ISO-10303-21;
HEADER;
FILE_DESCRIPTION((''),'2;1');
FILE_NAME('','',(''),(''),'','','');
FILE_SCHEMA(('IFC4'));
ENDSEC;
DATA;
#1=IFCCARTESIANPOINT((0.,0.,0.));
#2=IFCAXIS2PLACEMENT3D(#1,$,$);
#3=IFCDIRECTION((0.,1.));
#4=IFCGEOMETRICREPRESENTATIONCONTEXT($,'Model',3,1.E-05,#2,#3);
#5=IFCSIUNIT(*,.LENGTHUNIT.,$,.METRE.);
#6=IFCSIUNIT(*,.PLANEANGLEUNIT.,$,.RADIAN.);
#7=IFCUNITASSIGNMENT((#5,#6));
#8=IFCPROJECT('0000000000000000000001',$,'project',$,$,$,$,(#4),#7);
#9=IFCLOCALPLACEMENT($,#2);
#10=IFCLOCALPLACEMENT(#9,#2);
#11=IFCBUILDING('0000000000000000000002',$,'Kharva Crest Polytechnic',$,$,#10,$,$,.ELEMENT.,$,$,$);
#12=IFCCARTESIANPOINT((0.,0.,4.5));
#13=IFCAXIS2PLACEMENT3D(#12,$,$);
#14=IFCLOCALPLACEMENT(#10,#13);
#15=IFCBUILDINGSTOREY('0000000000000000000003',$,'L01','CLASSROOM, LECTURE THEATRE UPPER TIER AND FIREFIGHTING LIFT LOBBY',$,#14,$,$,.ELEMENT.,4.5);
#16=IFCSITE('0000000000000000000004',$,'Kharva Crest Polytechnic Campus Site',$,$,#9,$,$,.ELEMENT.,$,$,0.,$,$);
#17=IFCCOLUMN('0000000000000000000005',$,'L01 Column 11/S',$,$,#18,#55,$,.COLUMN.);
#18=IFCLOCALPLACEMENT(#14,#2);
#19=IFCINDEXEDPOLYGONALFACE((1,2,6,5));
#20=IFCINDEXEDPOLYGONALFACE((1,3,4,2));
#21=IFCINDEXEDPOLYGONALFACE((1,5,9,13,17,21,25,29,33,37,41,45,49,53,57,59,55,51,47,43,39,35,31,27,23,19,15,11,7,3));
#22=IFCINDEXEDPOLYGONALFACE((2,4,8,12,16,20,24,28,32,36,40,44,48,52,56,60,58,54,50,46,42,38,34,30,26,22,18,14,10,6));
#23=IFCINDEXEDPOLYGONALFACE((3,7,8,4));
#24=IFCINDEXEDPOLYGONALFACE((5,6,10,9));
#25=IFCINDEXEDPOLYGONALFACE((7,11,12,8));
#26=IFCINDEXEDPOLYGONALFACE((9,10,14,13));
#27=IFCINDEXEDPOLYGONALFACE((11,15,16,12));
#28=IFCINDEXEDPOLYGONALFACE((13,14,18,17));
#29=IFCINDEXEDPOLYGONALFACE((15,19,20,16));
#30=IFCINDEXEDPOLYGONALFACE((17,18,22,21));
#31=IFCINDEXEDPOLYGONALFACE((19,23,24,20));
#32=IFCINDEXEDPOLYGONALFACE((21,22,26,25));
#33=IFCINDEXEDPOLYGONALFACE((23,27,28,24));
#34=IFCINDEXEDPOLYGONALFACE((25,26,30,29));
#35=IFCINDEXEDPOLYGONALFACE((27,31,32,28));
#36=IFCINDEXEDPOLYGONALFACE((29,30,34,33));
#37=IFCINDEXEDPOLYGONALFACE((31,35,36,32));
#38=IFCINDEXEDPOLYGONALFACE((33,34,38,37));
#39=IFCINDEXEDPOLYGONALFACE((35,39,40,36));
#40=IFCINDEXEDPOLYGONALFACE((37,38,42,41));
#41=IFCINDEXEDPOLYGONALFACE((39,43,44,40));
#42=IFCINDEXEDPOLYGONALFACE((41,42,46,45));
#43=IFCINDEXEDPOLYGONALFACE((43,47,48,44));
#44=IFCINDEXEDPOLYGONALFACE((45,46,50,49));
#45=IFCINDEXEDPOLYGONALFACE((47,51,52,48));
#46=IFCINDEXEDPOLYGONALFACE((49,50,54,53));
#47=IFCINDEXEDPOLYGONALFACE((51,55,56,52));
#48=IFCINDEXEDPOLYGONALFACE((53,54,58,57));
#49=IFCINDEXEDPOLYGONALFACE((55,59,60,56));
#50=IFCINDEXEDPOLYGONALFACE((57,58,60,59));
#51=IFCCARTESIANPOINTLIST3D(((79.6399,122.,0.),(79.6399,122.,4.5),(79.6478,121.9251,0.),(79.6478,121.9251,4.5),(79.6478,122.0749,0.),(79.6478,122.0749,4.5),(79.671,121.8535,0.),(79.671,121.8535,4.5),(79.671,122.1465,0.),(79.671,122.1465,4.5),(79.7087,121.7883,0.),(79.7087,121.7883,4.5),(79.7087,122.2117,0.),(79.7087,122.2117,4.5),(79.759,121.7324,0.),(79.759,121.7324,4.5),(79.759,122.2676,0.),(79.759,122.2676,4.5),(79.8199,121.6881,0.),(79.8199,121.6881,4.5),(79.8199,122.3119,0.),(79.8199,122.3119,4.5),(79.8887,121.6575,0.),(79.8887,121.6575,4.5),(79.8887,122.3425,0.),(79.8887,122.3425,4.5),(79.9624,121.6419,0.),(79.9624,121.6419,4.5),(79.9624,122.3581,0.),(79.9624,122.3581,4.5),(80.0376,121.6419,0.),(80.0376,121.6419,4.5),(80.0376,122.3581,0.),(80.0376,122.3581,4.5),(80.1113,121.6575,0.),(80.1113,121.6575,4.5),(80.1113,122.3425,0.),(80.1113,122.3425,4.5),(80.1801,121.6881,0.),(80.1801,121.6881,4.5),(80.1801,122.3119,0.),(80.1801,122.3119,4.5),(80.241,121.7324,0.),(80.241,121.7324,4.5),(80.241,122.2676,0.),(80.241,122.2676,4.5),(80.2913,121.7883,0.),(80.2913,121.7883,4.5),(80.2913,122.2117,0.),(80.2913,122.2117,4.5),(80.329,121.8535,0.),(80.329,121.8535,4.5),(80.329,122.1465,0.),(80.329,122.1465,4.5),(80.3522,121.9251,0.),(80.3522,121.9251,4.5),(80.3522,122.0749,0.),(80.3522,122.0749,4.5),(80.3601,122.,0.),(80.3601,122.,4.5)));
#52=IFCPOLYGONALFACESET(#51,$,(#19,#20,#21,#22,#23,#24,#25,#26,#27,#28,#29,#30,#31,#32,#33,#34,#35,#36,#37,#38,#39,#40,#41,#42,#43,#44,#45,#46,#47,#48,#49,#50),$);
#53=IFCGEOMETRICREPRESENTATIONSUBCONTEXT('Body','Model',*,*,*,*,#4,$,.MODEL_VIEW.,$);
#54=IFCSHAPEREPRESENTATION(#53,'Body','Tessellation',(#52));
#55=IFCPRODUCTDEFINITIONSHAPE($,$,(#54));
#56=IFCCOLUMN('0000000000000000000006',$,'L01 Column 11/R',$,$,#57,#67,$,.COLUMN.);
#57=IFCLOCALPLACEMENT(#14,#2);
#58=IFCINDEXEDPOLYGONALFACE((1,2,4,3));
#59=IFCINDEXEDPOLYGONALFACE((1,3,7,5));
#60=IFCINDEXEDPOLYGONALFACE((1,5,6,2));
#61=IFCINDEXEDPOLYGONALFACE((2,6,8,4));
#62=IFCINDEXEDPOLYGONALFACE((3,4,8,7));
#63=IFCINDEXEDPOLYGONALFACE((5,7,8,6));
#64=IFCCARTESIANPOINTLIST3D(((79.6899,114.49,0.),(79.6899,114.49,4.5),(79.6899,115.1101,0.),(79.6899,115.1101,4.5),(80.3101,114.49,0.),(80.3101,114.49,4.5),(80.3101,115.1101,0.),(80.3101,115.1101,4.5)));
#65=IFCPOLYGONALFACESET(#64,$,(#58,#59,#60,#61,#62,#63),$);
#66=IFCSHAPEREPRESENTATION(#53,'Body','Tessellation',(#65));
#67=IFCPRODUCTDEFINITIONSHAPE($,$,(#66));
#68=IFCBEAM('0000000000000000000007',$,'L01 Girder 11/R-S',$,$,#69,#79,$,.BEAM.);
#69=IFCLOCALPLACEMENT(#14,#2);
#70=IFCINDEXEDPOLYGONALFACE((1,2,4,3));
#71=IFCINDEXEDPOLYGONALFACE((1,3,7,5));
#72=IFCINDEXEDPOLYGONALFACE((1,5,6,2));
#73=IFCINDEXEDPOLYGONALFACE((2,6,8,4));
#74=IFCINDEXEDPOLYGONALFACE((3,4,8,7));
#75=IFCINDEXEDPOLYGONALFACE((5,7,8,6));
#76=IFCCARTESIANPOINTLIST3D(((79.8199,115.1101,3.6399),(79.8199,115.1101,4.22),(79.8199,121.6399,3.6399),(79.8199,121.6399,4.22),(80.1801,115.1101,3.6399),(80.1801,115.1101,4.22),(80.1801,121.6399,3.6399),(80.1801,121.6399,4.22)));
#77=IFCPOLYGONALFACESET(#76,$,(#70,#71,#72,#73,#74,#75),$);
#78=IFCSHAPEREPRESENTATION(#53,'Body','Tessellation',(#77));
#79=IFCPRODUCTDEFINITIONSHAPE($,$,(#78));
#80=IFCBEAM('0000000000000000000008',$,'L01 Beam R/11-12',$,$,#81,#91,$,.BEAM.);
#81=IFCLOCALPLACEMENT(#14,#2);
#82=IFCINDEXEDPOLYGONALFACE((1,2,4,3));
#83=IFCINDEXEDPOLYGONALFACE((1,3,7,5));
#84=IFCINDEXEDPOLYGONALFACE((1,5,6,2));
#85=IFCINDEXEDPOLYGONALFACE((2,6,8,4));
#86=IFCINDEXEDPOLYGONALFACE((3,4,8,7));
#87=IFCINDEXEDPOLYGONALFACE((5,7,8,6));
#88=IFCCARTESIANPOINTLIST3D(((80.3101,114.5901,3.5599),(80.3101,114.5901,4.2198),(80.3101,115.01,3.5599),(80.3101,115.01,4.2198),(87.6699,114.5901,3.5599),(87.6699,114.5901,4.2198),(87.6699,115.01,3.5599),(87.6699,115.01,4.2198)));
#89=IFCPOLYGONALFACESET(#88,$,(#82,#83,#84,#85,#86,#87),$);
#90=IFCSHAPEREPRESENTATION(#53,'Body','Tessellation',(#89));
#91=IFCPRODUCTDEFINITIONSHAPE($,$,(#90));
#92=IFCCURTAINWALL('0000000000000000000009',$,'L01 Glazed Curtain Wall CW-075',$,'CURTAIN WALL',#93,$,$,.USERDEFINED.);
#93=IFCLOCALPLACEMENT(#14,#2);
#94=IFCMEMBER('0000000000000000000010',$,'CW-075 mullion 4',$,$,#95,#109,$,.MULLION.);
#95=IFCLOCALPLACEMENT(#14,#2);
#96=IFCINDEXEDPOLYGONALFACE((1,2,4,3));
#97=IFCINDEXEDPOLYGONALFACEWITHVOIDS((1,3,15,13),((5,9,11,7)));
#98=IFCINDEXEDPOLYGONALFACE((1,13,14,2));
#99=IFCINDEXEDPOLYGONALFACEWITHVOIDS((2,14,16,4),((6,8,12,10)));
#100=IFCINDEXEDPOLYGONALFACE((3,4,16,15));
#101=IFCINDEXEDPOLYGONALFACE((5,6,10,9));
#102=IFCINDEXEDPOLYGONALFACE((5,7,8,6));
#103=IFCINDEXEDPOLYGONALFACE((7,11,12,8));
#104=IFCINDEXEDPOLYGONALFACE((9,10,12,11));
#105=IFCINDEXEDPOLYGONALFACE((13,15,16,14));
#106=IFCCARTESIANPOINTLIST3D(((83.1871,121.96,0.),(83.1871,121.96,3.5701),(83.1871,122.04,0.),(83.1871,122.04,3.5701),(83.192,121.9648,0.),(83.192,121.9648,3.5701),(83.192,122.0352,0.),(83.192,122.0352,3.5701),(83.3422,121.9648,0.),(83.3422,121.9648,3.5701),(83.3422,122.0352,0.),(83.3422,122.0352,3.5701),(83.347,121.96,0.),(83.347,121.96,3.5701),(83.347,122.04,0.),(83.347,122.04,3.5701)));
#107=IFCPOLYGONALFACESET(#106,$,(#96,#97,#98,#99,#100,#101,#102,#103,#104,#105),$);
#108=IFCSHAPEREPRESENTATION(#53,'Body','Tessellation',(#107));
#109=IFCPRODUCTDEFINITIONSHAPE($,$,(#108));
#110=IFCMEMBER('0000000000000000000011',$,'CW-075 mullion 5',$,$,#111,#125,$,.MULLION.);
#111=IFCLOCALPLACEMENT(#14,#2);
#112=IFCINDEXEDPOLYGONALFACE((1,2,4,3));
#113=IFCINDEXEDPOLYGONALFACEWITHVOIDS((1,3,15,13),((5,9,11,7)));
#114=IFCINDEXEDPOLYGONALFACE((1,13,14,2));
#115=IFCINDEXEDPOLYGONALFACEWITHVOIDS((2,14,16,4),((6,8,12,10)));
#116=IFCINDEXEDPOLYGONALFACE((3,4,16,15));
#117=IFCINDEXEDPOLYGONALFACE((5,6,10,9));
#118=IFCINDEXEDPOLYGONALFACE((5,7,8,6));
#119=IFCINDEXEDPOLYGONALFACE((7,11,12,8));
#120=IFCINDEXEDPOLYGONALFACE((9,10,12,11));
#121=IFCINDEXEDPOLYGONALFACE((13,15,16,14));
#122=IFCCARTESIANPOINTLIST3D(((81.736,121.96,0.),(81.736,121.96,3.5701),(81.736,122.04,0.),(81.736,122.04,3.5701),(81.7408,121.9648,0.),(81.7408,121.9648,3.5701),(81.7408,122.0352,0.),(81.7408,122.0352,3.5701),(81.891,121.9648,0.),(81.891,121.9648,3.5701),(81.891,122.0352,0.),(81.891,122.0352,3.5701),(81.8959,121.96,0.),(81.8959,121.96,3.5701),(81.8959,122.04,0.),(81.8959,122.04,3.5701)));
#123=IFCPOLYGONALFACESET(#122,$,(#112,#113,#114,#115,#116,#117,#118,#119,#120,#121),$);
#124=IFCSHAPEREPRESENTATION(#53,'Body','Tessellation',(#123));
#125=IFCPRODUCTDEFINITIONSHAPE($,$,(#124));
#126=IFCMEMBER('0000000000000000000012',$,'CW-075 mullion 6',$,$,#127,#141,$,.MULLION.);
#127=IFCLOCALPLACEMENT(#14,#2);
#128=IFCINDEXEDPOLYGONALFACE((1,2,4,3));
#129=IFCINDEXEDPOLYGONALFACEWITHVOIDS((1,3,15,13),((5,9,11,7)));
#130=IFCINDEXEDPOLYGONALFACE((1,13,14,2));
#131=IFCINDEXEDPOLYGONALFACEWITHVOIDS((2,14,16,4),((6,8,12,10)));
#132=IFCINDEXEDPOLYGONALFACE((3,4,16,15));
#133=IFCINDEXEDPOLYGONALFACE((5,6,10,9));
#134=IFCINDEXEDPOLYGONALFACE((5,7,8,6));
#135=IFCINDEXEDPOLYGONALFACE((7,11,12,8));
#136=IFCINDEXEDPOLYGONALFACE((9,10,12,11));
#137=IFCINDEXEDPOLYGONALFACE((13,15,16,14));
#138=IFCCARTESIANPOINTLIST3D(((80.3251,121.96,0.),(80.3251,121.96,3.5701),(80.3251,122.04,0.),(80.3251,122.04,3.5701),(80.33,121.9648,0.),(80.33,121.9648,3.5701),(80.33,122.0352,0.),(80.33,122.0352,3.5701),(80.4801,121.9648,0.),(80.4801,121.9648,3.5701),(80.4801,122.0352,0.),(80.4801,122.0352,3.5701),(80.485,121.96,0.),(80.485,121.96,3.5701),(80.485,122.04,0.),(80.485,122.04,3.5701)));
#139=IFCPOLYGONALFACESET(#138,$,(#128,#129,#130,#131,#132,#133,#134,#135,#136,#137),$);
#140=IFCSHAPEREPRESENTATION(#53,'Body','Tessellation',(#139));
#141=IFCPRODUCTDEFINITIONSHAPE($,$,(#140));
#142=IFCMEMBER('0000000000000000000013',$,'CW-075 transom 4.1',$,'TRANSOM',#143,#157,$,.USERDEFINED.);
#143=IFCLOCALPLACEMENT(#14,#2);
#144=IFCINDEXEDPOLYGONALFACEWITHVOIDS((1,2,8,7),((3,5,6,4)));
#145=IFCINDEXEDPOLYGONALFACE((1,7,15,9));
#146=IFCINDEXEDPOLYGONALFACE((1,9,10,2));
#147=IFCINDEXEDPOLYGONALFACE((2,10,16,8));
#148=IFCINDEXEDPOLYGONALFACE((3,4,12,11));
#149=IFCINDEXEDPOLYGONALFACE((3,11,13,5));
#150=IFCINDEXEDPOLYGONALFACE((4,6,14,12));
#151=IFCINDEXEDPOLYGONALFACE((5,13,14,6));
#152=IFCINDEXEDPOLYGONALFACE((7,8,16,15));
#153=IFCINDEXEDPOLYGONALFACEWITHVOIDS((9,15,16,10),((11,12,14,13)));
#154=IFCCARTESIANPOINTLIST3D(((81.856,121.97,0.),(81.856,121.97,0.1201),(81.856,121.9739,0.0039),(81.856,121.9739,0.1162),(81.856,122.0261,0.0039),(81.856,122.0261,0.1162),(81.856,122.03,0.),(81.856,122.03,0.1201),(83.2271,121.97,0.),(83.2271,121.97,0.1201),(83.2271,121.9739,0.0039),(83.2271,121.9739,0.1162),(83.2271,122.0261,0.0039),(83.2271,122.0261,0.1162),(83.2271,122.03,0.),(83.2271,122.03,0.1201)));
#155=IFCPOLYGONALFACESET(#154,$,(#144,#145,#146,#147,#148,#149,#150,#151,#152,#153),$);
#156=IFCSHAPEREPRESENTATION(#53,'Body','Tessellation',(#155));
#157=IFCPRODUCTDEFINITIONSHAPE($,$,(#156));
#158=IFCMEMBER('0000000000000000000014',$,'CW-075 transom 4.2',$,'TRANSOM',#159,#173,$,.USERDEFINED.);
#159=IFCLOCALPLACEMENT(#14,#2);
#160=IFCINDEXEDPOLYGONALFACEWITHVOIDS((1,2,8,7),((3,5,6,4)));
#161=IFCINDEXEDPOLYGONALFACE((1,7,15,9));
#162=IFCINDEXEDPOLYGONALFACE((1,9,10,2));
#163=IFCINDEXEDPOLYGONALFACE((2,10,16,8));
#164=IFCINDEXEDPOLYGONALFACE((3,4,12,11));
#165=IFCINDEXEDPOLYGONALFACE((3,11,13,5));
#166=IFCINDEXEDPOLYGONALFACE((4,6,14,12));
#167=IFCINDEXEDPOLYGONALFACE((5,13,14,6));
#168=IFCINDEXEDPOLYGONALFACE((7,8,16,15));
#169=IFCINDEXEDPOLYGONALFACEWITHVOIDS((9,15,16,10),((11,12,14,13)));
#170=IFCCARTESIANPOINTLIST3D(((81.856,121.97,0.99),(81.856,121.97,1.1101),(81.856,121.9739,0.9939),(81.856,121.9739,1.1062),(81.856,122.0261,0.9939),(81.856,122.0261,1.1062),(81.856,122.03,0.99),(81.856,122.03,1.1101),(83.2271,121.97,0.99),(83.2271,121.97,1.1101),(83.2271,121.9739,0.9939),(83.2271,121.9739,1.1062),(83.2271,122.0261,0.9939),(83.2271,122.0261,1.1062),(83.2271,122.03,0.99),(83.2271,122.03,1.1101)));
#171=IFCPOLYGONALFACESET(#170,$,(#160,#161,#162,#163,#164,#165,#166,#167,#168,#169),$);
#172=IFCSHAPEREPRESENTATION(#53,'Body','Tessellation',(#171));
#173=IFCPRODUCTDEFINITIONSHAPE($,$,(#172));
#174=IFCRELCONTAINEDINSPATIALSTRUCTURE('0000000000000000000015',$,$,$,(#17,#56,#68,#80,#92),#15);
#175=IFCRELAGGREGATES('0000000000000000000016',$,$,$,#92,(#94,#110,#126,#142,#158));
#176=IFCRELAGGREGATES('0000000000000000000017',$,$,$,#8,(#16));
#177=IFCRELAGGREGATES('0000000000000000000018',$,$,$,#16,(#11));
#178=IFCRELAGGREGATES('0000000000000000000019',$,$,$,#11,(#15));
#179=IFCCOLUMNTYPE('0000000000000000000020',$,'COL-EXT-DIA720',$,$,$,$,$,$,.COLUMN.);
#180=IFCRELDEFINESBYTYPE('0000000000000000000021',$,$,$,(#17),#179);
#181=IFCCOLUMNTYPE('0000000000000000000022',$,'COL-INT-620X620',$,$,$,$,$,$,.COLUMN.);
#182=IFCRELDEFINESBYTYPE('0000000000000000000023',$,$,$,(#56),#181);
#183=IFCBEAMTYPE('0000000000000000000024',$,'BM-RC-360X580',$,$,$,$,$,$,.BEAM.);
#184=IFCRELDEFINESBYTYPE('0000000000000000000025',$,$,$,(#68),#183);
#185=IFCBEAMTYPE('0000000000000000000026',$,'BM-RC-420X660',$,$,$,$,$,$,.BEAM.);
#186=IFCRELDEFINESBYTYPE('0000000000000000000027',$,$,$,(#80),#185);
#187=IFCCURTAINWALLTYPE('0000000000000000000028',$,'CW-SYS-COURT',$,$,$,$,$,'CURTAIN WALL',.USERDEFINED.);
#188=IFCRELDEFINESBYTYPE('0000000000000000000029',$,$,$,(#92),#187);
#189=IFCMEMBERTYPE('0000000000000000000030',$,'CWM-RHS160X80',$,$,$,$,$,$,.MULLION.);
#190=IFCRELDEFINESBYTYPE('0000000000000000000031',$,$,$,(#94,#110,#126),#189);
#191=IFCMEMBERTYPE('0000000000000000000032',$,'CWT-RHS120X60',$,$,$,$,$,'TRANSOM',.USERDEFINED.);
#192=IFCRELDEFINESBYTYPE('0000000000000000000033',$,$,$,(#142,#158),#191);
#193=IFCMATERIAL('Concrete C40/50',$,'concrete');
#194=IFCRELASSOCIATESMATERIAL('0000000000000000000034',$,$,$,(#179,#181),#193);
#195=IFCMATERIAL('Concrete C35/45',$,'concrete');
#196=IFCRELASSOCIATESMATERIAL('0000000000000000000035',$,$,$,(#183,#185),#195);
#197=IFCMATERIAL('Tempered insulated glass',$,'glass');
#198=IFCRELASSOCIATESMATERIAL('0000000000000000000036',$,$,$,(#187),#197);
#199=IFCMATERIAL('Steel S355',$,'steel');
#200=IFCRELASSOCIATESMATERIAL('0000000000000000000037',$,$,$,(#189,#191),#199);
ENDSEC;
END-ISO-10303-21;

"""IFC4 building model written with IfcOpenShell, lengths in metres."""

from ifc_helpers import new_model, si_unit, direction, frame, origin, origin_2d, place, context, subcontext, project, spatial, rectangle, hollow_rectangle, circle, extrude, material, material_profile, profile_set, type_object, element, aggregate, save


model = new_model("IFC4")

# Units and contexts
model_context = context("Model", 3, precision=1e-05, world=origin(), true_north=direction((0.0, 1.0)))
body_context = subcontext(model_context, "Body", "Model", "MODEL_VIEW")
ifc_project = project(units=[si_unit("LENGTHUNIT", "METRE"), si_unit("PLANEANGLEUNIT", "RADIAN")], contexts=[model_context])

# Site, building, storey
site_placement = place(None, origin())
site = spatial("IfcSite", under=ifc_project, at=site_placement, Name="Kharva Crest Polytechnic Campus Site", CompositionType="ELEMENT", RefElevation=0.0)
building_placement = place(site_placement, origin())
building = spatial("IfcBuilding", under=site, at=building_placement, Name="Kharva Crest Polytechnic", CompositionType="ELEMENT")
storey_placement = place(building_placement, frame((0.0, 0.0, 4.5)))
storey = spatial("IfcBuildingStorey", under=building, at=storey_placement, Name="L01", Description="CLASSROOM, LECTURE THEATRE UPPER TIER AND FIREFIGHTING LIFT LOBBY", CompositionType="ELEMENT", Elevation=4.5)

# Columns
ifc_material_1 = material(Name="Concrete C40/50", Category="concrete")
ifc_material_profile_1 = material_profile(ifc_material_1, circle(Radius=0.3601, at=origin_2d()), Name="DIA 720")
ifc_profile_set_1 = profile_set([ifc_material_profile_1], Name="Concrete C40/50")
column_type_1 = type_object("IfcColumnType", Name="COL-EXT-DIA720", PredefinedType="COLUMN", material=ifc_profile_set_1)
column_1_placement = place(storey_placement, frame((80.0, 122.0, 0.0), z_axis=(0.0, 0.0, 1.0), x_axis=(1.0, 0.0, 0.0)))
element("IfcColumn", 1, at=column_1_placement, inside=storey, type_object=column_type_1, Name="L01 Column 11/S", PredefinedType="COLUMN", context=body_context, shape_type="SweptSolid", body=[
    extrude(circle(Radius=0.3601, at=origin_2d()), origin(), (0.0, 0.0, 1.0), 4.5),
])
ifc_material_profile_2 = material_profile(ifc_material_1, rectangle(XDim=0.6201, YDim=0.6201, at=origin_2d()), Name="RECT 620 X 620")
ifc_profile_set_2 = profile_set([ifc_material_profile_2], Name="Concrete C40/50")
column_type_2 = type_object("IfcColumnType", Name="COL-INT-620X620", PredefinedType="COLUMN", material=ifc_profile_set_2)
column_2_placement = place(storey_placement, frame((80.0, 114.8, 0.0), z_axis=(0.0, 0.0, 1.0), x_axis=(1.0, 0.0, 0.0)))
element("IfcColumn", 2, at=column_2_placement, inside=storey, type_object=column_type_2, Name="L01 Column 11/R", PredefinedType="COLUMN", context=body_context, shape_type="SweptSolid", body=[
    extrude(rectangle(XDim=0.6201, YDim=0.6201, at=origin_2d()), origin(), (0.0, 0.0, 1.0), 4.5),
])

# Beams
ifc_material_2 = material(Name="Concrete C35/45", Category="concrete")
ifc_material_profile_3 = material_profile(ifc_material_2, rectangle(XDim=0.3601, YDim=0.5801, at=origin_2d()), Name="RECT 360 X 580")
ifc_profile_set_3 = profile_set([ifc_material_profile_3], Name="Concrete C35/45")
beam_type_1 = type_object("IfcBeamType", Name="BM-RC-360X580", PredefinedType="BEAM", material=ifc_profile_set_3)
beam_1_placement = place(storey_placement, frame((80.0, 115.1101, 3.9299), z_axis=(0.0, 1.0, 0.0), x_axis=(-1.0, 0.0, 0.0)))
element("IfcBeam", 3, at=beam_1_placement, inside=storey, type_object=beam_type_1, Name="L01 Girder 11/R-S", PredefinedType="BEAM", context=body_context, shape_type="SweptSolid", body=[
    extrude(rectangle(XDim=0.3601, YDim=0.5801, at=origin_2d()), origin(), (0.0, 0.0, 1.0), 6.5298),
])
ifc_material_profile_4 = material_profile(ifc_material_2, rectangle(XDim=0.4199, YDim=0.6599, at=origin_2d()), Name="RECT 420 X 660")
ifc_profile_set_4 = profile_set([ifc_material_profile_4], Name="Concrete C35/45")
beam_type_2 = type_object("IfcBeamType", Name="BM-RC-420X660", PredefinedType="BEAM", material=ifc_profile_set_4)
beam_2_placement = place(storey_placement, frame((80.3101, 114.8, 3.8899), z_axis=(1.0, 0.0, 0.0), x_axis=(0.0, 1.0, 0.0)))
element("IfcBeam", 4, at=beam_2_placement, inside=storey, type_object=beam_type_2, Name="L01 Beam R/11-12", PredefinedType="BEAM", context=body_context, shape_type="SweptSolid", body=[
    extrude(rectangle(XDim=0.4199, YDim=0.6599, at=origin_2d()), origin(), (0.0, 0.0, 1.0), 7.3599),
])

# Curtain wall, members
ifc_material_3 = material(Name="Tempered insulated glass", Category="glass")
curtain_wall_type = type_object("IfcCurtainWallType", Name="CW-SYS-COURT", ElementType="CURTAIN WALL", PredefinedType="USERDEFINED", material=ifc_material_3)
curtain_wall_placement = place(storey_placement, origin())
curtain_wall = element("IfcCurtainWall", 5, at=curtain_wall_placement, inside=storey, type_object=curtain_wall_type, Name="L01 Glazed Curtain Wall CW-075", ObjectType="CURTAIN WALL", PredefinedType="USERDEFINED")
ifc_material_4 = material(Name="Steel S355", Category="steel")
ifc_material_profile_5 = material_profile(ifc_material_4, hollow_rectangle(XDim=0.0801, YDim=0.1599, WallThickness=0.0049, at=origin_2d()), Name="RHS 160X80X5.0")
ifc_profile_set_5 = profile_set([ifc_material_profile_5], Name="Steel S355")
member_type_1 = type_object("IfcMemberType", Name="CWM-RHS160X80", PredefinedType="MULLION", material=ifc_profile_set_5)
member_1_placement = place(storey_placement, frame((83.2671, 122.0, 0.0), z_axis=(0.0, 0.0, 1.0), x_axis=(0.0, -1.0, 0.0)))
member_1 = element("IfcMember", 6, at=member_1_placement, type_object=member_type_1, Name="CW-075 mullion 4", PredefinedType="MULLION", context=body_context, shape_type="SweptSolid", body=[
    extrude(hollow_rectangle(XDim=0.0801, YDim=0.1599, WallThickness=0.0049, at=origin_2d()), origin(), (0.0, 0.0, 1.0), 3.5701),
])
member_2_placement = place(storey_placement, frame((81.8159, 122.0, 0.0), z_axis=(0.0, 0.0, 1.0), x_axis=(0.0, -1.0, 0.0)))
member_2 = element("IfcMember", 7, at=member_2_placement, type_object=member_type_1, Name="CW-075 mullion 5", PredefinedType="MULLION", context=body_context, shape_type="SweptSolid", body=[
    extrude(hollow_rectangle(XDim=0.0801, YDim=0.1599, WallThickness=0.0049, at=origin_2d()), origin(), (0.0, 0.0, 1.0), 3.5701),
])
member_3_placement = place(storey_placement, frame((80.405, 122.0, 0.0), z_axis=(0.0, 0.0, 1.0), x_axis=(0.0, -1.0, 0.0)))
member_3 = element("IfcMember", 8, at=member_3_placement, type_object=member_type_1, Name="CW-075 mullion 6", PredefinedType="MULLION", context=body_context, shape_type="SweptSolid", body=[
    extrude(hollow_rectangle(XDim=0.0801, YDim=0.1599, WallThickness=0.0049, at=origin_2d()), origin(), (0.0, 0.0, 1.0), 3.5701),
])
ifc_material_profile_6 = material_profile(ifc_material_4, hollow_rectangle(XDim=0.0601, YDim=0.1201, WallThickness=0.0039, at=origin_2d()), Name="RHS 120X60X4.0")
ifc_profile_set_6 = profile_set([ifc_material_profile_6], Name="Steel S355")
member_type_2 = type_object("IfcMemberType", Name="CWT-RHS120X60", ElementType="TRANSOM", PredefinedType="USERDEFINED", material=ifc_profile_set_6)
member_4_placement = place(storey_placement, frame((83.2271, 122.0, 0.0601), z_axis=(-1.0, 0.0, 0.0), x_axis=(0.0, -1.0, 0.0)))
member_4 = element("IfcMember", 9, at=member_4_placement, type_object=member_type_2, Name="CW-075 transom 4.1", ObjectType="TRANSOM", PredefinedType="USERDEFINED", context=body_context, shape_type="SweptSolid", body=[
    extrude(hollow_rectangle(XDim=0.0601, YDim=0.1201, WallThickness=0.0039, at=origin_2d()), origin(), (0.0, 0.0, 1.0), 1.3711),
])
member_5_placement = place(storey_placement, frame((83.2271, 122.0, 1.05), z_axis=(-1.0, 0.0, 0.0), x_axis=(0.0, -1.0, 0.0)))
member_5 = element("IfcMember", 10, at=member_5_placement, type_object=member_type_2, Name="CW-075 transom 4.2", ObjectType="TRANSOM", PredefinedType="USERDEFINED", context=body_context, shape_type="SweptSolid", body=[
    extrude(hollow_rectangle(XDim=0.0601, YDim=0.1201, WallThickness=0.0039, at=origin_2d()), origin(), (0.0, 0.0, 1.0), 1.3711),
])

aggregate(curtain_wall, [member_1, member_2, member_3, member_4, member_5])

save(model, "model.ifc")
